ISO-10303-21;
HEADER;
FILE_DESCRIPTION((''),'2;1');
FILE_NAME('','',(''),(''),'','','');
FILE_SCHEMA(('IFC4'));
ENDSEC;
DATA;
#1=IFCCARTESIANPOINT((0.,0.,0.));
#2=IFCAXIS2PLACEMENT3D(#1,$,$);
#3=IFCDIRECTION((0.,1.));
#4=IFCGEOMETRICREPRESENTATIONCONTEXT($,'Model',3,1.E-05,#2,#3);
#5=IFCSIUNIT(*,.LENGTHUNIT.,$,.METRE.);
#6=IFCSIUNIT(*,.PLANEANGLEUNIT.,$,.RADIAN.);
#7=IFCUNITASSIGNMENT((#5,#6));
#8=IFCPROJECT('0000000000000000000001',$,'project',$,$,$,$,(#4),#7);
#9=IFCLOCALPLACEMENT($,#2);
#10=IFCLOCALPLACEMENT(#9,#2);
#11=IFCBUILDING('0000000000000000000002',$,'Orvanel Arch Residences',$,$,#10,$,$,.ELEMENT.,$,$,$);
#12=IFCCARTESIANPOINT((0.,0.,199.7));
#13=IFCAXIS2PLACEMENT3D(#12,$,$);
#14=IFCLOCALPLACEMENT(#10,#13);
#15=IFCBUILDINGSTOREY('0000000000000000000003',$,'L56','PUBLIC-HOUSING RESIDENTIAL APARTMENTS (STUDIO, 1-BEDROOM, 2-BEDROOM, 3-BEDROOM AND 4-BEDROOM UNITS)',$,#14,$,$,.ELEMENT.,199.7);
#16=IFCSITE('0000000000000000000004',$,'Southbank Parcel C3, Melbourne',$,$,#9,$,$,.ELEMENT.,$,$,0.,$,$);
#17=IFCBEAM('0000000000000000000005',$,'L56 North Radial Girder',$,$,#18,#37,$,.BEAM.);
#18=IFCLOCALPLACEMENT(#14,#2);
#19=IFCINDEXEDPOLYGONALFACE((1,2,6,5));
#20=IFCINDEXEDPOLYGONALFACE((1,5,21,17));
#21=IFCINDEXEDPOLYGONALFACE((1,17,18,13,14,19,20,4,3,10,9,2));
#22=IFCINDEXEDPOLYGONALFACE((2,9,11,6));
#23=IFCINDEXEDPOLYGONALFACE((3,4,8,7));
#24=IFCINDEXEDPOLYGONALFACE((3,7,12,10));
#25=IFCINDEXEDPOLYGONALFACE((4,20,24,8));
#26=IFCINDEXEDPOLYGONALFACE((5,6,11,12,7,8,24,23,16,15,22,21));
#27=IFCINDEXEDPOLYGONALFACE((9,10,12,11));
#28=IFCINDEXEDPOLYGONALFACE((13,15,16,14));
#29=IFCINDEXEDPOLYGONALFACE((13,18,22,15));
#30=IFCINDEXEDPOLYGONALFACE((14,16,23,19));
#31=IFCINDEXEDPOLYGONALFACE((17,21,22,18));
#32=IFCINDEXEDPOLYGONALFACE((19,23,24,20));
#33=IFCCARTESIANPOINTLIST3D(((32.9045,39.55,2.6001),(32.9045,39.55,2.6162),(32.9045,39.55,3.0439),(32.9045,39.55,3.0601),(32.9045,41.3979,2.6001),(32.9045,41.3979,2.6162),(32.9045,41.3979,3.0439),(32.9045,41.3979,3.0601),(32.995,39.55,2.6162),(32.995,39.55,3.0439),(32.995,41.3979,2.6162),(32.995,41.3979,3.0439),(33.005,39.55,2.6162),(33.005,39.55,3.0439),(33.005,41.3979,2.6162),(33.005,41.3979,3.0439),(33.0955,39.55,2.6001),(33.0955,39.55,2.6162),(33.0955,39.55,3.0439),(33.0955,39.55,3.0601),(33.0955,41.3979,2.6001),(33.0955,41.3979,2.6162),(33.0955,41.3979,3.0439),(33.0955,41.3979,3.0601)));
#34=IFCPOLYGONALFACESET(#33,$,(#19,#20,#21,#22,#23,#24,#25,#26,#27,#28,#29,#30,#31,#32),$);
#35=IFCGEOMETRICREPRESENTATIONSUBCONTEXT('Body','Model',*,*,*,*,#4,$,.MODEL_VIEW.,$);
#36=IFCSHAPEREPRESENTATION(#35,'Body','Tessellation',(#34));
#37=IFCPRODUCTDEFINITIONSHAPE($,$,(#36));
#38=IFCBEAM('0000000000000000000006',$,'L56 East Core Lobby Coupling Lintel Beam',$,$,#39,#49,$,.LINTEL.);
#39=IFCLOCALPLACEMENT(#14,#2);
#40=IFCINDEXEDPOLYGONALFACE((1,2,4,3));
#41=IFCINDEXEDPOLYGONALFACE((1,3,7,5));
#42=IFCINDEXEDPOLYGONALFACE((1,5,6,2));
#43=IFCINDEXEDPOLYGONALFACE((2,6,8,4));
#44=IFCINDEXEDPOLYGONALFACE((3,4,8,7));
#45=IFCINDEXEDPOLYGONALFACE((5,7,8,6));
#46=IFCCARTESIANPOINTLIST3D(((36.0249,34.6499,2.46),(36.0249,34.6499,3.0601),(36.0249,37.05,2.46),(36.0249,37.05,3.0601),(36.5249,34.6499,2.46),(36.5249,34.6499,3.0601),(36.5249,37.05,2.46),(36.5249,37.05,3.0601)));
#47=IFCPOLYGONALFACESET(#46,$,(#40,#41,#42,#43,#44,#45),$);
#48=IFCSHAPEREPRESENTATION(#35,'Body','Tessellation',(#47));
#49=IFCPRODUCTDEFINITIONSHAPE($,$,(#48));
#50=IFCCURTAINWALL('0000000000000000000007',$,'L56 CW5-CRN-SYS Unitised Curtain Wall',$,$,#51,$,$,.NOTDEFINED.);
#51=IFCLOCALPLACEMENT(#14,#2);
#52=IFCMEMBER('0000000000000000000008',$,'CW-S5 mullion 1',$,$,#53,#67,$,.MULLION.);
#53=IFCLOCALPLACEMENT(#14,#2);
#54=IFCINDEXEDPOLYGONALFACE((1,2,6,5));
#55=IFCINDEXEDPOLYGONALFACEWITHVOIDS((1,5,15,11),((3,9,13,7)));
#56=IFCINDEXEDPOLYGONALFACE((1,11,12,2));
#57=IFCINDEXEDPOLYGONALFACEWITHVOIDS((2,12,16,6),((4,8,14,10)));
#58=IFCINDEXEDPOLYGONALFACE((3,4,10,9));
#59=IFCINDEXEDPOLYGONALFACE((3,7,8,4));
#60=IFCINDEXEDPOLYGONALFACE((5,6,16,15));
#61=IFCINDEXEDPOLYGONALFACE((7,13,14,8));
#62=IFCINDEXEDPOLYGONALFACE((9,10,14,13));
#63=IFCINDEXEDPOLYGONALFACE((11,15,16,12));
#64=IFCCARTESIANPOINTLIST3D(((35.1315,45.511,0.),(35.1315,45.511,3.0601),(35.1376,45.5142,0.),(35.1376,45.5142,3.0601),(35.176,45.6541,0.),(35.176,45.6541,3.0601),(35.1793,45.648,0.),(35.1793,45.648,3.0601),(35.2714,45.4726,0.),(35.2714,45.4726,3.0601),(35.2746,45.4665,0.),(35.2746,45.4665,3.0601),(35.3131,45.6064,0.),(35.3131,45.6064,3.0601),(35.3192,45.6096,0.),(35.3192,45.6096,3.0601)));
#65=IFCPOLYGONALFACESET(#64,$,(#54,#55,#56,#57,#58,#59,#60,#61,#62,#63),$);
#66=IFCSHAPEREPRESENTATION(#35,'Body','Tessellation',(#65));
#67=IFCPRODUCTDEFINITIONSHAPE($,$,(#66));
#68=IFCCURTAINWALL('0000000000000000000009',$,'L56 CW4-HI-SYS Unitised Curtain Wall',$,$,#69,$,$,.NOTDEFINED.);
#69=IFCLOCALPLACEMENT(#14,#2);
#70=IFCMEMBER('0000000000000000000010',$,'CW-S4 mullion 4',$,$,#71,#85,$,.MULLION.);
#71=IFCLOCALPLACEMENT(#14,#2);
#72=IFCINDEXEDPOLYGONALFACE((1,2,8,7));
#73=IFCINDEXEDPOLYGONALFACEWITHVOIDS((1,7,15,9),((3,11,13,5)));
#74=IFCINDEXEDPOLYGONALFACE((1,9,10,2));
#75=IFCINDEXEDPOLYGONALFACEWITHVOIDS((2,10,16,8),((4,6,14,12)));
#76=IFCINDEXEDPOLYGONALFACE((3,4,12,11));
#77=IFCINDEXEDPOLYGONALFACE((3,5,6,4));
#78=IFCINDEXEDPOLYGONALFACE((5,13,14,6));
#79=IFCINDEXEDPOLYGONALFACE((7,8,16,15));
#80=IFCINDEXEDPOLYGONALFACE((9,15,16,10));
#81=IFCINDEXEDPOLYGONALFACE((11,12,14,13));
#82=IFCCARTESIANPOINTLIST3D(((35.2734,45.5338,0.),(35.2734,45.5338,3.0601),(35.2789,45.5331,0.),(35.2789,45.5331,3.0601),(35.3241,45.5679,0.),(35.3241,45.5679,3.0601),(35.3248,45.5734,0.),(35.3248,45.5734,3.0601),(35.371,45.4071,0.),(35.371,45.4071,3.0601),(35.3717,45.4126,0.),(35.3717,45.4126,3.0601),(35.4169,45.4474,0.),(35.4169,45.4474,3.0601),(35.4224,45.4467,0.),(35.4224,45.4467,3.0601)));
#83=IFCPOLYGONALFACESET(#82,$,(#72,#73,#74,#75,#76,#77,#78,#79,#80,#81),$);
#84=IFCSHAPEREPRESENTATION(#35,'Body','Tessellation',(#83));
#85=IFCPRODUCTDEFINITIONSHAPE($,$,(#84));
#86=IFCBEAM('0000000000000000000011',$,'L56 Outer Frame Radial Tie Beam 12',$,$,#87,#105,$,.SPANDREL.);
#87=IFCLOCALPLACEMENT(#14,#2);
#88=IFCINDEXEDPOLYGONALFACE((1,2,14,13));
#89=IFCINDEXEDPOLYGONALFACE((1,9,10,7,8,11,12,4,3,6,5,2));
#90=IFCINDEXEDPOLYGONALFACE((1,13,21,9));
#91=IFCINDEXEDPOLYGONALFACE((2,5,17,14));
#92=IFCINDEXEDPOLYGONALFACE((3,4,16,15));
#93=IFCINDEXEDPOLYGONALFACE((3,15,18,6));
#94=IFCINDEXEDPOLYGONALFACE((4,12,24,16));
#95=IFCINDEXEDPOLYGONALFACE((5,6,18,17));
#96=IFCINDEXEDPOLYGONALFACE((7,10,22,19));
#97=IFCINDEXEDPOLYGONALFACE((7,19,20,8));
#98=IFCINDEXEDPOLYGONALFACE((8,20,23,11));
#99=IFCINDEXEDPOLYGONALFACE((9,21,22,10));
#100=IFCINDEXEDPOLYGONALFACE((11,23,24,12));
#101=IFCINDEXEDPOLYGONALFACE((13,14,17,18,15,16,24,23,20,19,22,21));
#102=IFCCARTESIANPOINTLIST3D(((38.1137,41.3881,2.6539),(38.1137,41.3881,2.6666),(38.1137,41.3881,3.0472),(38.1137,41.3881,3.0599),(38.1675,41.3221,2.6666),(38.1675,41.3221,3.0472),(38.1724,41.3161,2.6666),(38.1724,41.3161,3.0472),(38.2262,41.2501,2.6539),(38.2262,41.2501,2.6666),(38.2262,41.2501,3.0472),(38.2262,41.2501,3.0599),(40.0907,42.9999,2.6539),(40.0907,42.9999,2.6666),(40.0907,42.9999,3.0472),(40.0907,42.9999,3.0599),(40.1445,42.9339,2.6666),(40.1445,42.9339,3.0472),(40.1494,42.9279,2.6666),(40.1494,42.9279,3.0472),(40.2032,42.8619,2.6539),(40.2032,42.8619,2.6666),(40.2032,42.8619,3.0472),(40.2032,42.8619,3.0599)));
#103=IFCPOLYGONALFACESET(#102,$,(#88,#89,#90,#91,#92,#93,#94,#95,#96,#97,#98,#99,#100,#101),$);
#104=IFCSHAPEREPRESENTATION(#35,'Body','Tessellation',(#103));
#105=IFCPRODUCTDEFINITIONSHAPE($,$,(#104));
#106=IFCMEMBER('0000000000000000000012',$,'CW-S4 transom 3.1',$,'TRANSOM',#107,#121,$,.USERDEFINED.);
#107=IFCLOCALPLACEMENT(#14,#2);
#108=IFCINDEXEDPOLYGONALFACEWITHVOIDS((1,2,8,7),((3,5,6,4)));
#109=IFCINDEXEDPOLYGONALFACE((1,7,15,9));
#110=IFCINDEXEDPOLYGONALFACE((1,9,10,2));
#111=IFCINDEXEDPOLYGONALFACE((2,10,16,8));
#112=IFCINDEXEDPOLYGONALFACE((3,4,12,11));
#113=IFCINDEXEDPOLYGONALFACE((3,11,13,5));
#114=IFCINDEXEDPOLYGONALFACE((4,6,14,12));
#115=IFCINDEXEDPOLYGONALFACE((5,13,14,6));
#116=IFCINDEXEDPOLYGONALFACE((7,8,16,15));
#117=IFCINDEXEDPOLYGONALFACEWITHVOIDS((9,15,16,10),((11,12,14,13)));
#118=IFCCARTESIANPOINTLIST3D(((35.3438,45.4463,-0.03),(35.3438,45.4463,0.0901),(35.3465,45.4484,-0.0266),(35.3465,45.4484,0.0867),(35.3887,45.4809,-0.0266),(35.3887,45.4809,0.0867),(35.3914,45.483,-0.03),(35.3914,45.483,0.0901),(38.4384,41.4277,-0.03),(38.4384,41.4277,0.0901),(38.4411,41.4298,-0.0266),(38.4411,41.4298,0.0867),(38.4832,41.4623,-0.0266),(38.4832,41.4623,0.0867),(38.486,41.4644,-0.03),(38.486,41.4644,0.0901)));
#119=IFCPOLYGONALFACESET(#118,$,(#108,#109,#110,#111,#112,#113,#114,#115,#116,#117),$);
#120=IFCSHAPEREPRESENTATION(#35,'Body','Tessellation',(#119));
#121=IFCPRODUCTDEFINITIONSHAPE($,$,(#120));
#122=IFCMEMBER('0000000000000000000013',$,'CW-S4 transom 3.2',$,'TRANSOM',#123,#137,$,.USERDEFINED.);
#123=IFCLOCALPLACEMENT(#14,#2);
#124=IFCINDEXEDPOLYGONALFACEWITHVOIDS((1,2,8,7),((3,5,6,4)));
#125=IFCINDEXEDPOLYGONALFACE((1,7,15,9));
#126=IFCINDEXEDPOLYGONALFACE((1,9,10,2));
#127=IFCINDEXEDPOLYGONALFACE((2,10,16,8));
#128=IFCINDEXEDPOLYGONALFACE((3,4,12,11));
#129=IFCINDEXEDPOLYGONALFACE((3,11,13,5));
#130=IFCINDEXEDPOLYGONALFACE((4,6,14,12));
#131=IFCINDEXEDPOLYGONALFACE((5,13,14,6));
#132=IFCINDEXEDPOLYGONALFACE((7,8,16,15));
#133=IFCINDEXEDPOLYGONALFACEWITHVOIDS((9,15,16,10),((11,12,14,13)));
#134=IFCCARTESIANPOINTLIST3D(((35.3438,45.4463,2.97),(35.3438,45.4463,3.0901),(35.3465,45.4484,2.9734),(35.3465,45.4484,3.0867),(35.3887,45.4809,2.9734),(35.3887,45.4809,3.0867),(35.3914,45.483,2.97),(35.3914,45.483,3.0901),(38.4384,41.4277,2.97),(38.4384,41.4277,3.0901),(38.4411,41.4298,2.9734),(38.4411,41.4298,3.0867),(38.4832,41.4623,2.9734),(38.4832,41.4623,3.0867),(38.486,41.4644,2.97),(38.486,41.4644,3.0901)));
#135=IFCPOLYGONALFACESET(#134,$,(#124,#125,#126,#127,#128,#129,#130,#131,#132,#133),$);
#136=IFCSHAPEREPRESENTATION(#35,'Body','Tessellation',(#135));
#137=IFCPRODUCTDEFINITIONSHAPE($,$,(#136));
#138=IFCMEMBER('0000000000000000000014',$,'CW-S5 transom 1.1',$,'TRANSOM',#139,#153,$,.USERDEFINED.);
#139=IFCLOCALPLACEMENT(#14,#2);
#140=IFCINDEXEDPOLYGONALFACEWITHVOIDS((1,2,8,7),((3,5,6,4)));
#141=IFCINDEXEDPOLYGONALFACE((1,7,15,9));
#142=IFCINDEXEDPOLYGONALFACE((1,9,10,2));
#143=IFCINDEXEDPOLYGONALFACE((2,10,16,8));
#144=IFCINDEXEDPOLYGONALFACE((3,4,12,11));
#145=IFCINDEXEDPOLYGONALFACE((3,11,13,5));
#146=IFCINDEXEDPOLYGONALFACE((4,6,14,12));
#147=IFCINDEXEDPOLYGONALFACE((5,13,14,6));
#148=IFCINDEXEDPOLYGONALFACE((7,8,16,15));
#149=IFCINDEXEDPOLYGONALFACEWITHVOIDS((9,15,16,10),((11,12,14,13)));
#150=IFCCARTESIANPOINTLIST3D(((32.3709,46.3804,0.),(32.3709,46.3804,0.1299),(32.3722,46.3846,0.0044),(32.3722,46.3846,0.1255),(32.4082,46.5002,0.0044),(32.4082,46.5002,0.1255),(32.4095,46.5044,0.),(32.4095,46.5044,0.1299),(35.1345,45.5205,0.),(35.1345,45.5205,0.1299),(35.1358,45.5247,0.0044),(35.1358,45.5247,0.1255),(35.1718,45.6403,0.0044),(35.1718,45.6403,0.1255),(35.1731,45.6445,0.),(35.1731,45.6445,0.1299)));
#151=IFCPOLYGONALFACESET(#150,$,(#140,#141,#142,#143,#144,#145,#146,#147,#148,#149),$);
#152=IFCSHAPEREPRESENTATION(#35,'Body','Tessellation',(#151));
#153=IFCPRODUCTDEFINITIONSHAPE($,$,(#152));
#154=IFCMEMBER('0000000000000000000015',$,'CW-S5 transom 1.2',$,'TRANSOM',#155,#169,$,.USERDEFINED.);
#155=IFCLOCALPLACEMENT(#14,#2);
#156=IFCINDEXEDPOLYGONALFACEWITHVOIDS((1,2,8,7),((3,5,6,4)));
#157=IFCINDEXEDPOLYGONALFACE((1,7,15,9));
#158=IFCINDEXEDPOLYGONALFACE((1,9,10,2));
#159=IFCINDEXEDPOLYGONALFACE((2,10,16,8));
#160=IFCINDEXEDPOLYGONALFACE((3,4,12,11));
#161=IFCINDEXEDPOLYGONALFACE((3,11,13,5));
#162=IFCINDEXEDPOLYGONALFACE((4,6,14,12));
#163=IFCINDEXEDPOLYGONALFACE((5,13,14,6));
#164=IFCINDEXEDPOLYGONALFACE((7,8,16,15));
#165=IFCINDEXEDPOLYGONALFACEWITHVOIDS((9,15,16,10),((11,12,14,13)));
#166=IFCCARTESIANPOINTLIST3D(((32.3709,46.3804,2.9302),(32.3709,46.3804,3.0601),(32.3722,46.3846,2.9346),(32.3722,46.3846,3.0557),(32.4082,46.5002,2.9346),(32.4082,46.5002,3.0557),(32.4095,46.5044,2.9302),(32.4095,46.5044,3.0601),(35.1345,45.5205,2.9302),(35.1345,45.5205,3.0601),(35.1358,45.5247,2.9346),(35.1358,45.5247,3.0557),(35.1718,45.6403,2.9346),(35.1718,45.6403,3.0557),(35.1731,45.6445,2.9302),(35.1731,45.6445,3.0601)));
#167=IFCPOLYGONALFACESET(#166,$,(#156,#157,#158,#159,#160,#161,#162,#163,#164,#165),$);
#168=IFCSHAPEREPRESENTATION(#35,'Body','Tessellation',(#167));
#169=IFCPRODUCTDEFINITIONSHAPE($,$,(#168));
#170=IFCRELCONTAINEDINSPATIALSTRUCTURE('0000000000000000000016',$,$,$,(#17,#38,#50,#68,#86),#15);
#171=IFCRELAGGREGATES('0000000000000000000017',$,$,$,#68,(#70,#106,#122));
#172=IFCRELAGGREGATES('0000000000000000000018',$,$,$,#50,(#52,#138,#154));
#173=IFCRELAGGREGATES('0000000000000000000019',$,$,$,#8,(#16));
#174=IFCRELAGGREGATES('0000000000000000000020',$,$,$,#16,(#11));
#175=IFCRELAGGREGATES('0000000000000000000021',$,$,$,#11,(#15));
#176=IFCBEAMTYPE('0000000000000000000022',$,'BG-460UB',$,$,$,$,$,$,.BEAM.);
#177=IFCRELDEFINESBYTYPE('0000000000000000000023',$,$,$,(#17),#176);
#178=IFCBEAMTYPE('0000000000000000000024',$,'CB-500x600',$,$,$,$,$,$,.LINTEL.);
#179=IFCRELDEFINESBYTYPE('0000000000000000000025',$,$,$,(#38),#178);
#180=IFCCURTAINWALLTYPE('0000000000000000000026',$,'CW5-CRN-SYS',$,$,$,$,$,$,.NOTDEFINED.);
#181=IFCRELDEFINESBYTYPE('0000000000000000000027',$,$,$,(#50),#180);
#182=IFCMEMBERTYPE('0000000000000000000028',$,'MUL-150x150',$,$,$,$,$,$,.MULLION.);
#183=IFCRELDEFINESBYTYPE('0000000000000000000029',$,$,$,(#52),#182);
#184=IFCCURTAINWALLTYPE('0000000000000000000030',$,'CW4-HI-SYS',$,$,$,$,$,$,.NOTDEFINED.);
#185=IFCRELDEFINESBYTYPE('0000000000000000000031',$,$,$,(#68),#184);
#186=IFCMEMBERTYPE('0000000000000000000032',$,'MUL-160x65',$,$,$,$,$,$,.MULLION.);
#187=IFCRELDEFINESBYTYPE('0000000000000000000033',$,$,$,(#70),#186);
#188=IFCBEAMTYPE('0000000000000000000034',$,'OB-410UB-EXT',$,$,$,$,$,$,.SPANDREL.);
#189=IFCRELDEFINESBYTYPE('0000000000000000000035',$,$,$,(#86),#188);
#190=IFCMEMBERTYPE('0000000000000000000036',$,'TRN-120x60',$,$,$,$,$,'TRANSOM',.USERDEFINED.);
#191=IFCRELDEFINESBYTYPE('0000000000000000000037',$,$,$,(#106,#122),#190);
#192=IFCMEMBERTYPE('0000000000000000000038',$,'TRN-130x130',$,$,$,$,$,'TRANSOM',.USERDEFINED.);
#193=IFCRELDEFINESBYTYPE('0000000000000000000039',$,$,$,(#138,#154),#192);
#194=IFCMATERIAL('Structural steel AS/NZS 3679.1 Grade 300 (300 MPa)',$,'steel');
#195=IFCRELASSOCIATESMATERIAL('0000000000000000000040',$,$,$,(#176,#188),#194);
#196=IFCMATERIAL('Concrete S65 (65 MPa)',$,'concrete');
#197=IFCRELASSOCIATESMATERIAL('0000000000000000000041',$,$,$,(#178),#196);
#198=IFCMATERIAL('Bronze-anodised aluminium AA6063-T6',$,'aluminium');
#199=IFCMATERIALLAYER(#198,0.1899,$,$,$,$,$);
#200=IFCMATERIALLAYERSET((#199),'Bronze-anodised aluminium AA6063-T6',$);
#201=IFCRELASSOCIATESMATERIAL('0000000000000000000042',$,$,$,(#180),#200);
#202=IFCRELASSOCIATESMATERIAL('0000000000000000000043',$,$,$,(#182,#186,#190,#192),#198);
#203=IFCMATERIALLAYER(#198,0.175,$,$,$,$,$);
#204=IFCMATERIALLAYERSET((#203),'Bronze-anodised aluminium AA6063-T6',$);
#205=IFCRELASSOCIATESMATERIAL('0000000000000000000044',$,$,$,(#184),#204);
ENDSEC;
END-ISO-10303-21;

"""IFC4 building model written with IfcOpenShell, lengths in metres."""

from ifc_helpers import new_model, si_unit, direction, frame, origin, origin_2d, place, context, subcontext, project, spatial, rectangle, hollow_rectangle, i_section, extrude, material, layer, layer_set, material_profile, profile_set, type_object, element, aggregate, save


model = new_model("IFC4")

# Units and contexts
model_context = context("Model", 3, precision=1e-05, world=origin(), true_north=direction((0.0, 1.0)))
body_context = subcontext(model_context, "Body", "Model", "MODEL_VIEW")
ifc_project = project(units=[si_unit("LENGTHUNIT", "METRE"), si_unit("PLANEANGLEUNIT", "RADIAN")], contexts=[model_context])

# Site, building, storey
site_placement = place(None, origin())
site = spatial("IfcSite", under=ifc_project, at=site_placement, Name="Southbank Parcel C3, Melbourne", CompositionType="ELEMENT", RefElevation=0.0)
building_placement = place(site_placement, origin())
building = spatial("IfcBuilding", under=site, at=building_placement, Name="Orvanel Arch Residences", CompositionType="ELEMENT")
storey_placement = place(building_placement, frame((0.0, 0.0, 199.7)))
storey = spatial("IfcBuildingStorey", under=building, at=storey_placement, Name="L56", Description="PUBLIC-HOUSING RESIDENTIAL APARTMENTS (STUDIO, 1-BEDROOM, 2-BEDROOM, 3-BEDROOM AND 4-BEDROOM UNITS)", CompositionType="ELEMENT", Elevation=199.7)

# Beams
ifc_material_1 = material(Name="Structural steel AS/NZS 3679.1 Grade 300 (300 MPa)", Category="steel")
ifc_material_profile_1 = material_profile(ifc_material_1, i_section(OverallWidth=0.1909, OverallDepth=0.46, WebThickness=0.01, FlangeThickness=0.0161, at=origin_2d()), Name="460UB82.1")
ifc_profile_set_1 = profile_set([ifc_material_profile_1], Name="Structural steel AS/NZS 3679.1 Grade 300 (300 MPa)")
beam_type_1 = type_object("IfcBeamType", Name="BG-460UB", PredefinedType="BEAM", material=ifc_profile_set_1)
beam_1_placement = place(storey_placement, frame((33.0, 39.55, 2.8301), z_axis=(0.0, 1.0, 0.0), x_axis=(-1.0, 0.0, 0.0)))
element("IfcBeam", 1, at=beam_1_placement, inside=storey, type_object=beam_type_1, Name="L56 North Radial Girder", PredefinedType="BEAM", context=body_context, shape_type="SweptSolid", body=[
    extrude(i_section(OverallWidth=0.1909, OverallDepth=0.46, WebThickness=0.01, FlangeThickness=0.0161, at=origin_2d()), origin(), (0.0, 0.0, 1.0), 1.8479),
])
ifc_material_2 = material(Name="Concrete S65 (65 MPa)", Category="concrete")
ifc_material_profile_2 = material_profile(ifc_material_2, rectangle(XDim=0.5, YDim=0.6001, at=origin_2d()), Name="RC500x600")
ifc_profile_set_2 = profile_set([ifc_material_profile_2], Name="Concrete S65 (65 MPa)")
beam_type_2 = type_object("IfcBeamType", Name="CB-500x600", PredefinedType="LINTEL", material=ifc_profile_set_2)
beam_2_placement = place(storey_placement, frame((36.2749, 34.6499, 2.76), z_axis=(0.0, 1.0, 0.0), x_axis=(-1.0, 0.0, 0.0)))
element("IfcBeam", 2, at=beam_2_placement, inside=storey, type_object=beam_type_2, Name="L56 East Core Lobby Coupling Lintel Beam", PredefinedType="LINTEL", context=body_context, shape_type="SweptSolid", body=[
    extrude(rectangle(XDim=0.5, YDim=0.6001, at=origin_2d()), origin(), (0.0, 0.0, 1.0), 2.4001),
])

# Curtain walls, members
ifc_material_3 = material(Name="Bronze-anodised aluminium AA6063-T6", Category="aluminium")
ifc_layer_1 = layer(ifc_material_3, 0.1899)
ifc_layer_set_1 = layer_set([ifc_layer_1], Name="Bronze-anodised aluminium AA6063-T6")
curtain_wall_type_1 = type_object("IfcCurtainWallType", Name="CW5-CRN-SYS", PredefinedType="NOTDEFINED", material=ifc_layer_set_1)
curtain_wall_1_placement = place(storey_placement, origin())
curtain_wall_1 = element("IfcCurtainWall", 3, at=curtain_wall_1_placement, inside=storey, type_object=curtain_wall_type_1, Name="L56 CW5-CRN-SYS Unitised Curtain Wall", PredefinedType="NOTDEFINED")
ifc_material_profile_3 = material_profile(ifc_material_3, hollow_rectangle(XDim=0.1499, YDim=0.1499, WallThickness=0.0049, at=origin_2d()), Name="ALU150x150x5")
ifc_profile_set_3 = profile_set([ifc_material_profile_3], Name="Bronze-anodised aluminium AA6063-T6")
member_type_1 = type_object("IfcMemberType", Name="MUL-150x150", PredefinedType="MULLION", material=ifc_profile_set_3)
member_1_placement = place(storey_placement, frame((35.2253, 45.5603, 0.0), z_axis=(0.0, 0.0, 1.0), x_axis=(-0.297098, -0.954847, 0.0)))
member_1 = element("IfcMember", 4, at=member_1_placement, type_object=member_type_1, Name="CW-S5 mullion 1", PredefinedType="MULLION", context=body_context, shape_type="SweptSolid", body=[
    extrude(hollow_rectangle(XDim=0.1499, YDim=0.1499, WallThickness=0.0049, at=origin_2d()), origin(), (0.0, 0.0, 1.0), 3.0601),
])
ifc_layer_2 = layer(ifc_material_3, 0.175)
ifc_layer_set_2 = layer_set([ifc_layer_2], Name="Bronze-anodised aluminium AA6063-T6")
curtain_wall_type_2 = type_object("IfcCurtainWallType", Name="CW4-HI-SYS", PredefinedType="NOTDEFINED", material=ifc_layer_set_2)
curtain_wall_2_placement = place(storey_placement, origin())
curtain_wall_2 = element("IfcCurtainWall", 5, at=curtain_wall_2_placement, inside=storey, type_object=curtain_wall_type_2, Name="L56 CW4-HI-SYS Unitised Curtain Wall", PredefinedType="NOTDEFINED")
ifc_material_profile_4 = material_profile(ifc_material_3, hollow_rectangle(XDim=0.0649, YDim=0.1599, WallThickness=0.0039, at=origin_2d()), Name="ALU160x65x4")
ifc_profile_set_4 = profile_set([ifc_material_profile_4], Name="Bronze-anodised aluminium AA6063-T6")
member_type_2 = type_object("IfcMemberType", Name="MUL-160x65", PredefinedType="MULLION", material=ifc_profile_set_4)
member_2_placement = place(storey_placement, frame((35.3479, 45.4902, 0.0), z_axis=(0.0, 0.0, 1.0), x_axis=(-0.792298, -0.610134, 0.0)))
member_2 = element("IfcMember", 6, at=member_2_placement, type_object=member_type_2, Name="CW-S4 mullion 4", PredefinedType="MULLION", context=body_context, shape_type="SweptSolid", body=[
    extrude(hollow_rectangle(XDim=0.0649, YDim=0.1599, WallThickness=0.0039, at=origin_2d()), origin(), (0.0, 0.0, 1.0), 3.0601),
])

# Beam
ifc_material_profile_5 = material_profile(ifc_material_1, i_section(OverallWidth=0.178, OverallDepth=0.406, WebThickness=0.0078, FlangeThickness=0.0127, at=origin_2d()), Name="410UB59.7")
ifc_profile_set_5 = profile_set([ifc_material_profile_5], Name="Structural steel AS/NZS 3679.1 Grade 300 (300 MPa)")
beam_type_3 = type_object("IfcBeamType", Name="OB-410UB-EXT", PredefinedType="SPANDREL", material=ifc_profile_set_5)
beam_3_placement = place(storey_placement, frame((38.1699, 41.3191, 2.8569), z_axis=(0.775065, 0.631882, 0.0), x_axis=(-0.631882, 0.775065, 0.0)))
element("IfcBeam", 7, at=beam_3_placement, inside=storey, type_object=beam_type_3, Name="L56 Outer Frame Radial Tie Beam 12", PredefinedType="SPANDREL", context=body_context, shape_type="SweptSolid", body=[
    extrude(i_section(OverallWidth=0.178, OverallDepth=0.406, WebThickness=0.0078, FlangeThickness=0.0127, at=origin_2d()), origin(), (0.0, 0.0, 1.0), 2.5508),
])

# Members
ifc_material_profile_6 = material_profile(ifc_material_3, hollow_rectangle(XDim=0.0601, YDim=0.1201, WallThickness=0.0034, at=origin_2d()), Name="ALU120x60x3.5")
ifc_profile_set_6 = profile_set([ifc_material_profile_6], Name="Bronze-anodised aluminium AA6063-T6")
member_type_3 = type_object("IfcMemberType", Name="TRN-120x60", ElementType="TRANSOM", PredefinedType="USERDEFINED", material=ifc_profile_set_6)
member_3_placement = place(storey_placement, frame((38.4622, 41.446, 0.03), z_axis=(-0.610118, 0.792311, 0.0), x_axis=(-0.792311, -0.610118, 0.0)))
member_3 = element("IfcMember", 8, at=member_3_placement, type_object=member_type_3, Name="CW-S4 transom 3.1", ObjectType="TRANSOM", PredefinedType="USERDEFINED", context=body_context, shape_type="SweptSolid", body=[
    extrude(hollow_rectangle(XDim=0.0601, YDim=0.1201, WallThickness=0.0034, at=origin_2d()), origin(), (0.0, 0.0, 1.0), 5.072),
])
member_4_placement = place(storey_placement, frame((38.4622, 41.446, 3.03), z_axis=(-0.610118, 0.792311, 0.0), x_axis=(-0.792311, -0.610118, 0.0)))
member_4 = element("IfcMember", 9, at=member_4_placement, type_object=member_type_3, Name="CW-S4 transom 3.2", ObjectType="TRANSOM", PredefinedType="USERDEFINED", context=body_context, shape_type="SweptSolid", body=[
    extrude(hollow_rectangle(XDim=0.0601, YDim=0.1201, WallThickness=0.0034, at=origin_2d()), origin(), (0.0, 0.0, 1.0), 5.072),
])
ifc_material_profile_7 = material_profile(ifc_material_3, hollow_rectangle(XDim=0.1299, YDim=0.1299, WallThickness=0.0044, at=origin_2d()), Name="ALU130x130x4.5")
ifc_profile_set_7 = profile_set([ifc_material_profile_7], Name="Bronze-anodised aluminium AA6063-T6")
member_type_4 = type_object("IfcMemberType", Name="TRN-130x130", ElementType="TRANSOM", PredefinedType="USERDEFINED", material=ifc_profile_set_7)
member_5_placement = place(storey_placement, frame((35.1538, 45.5825, 0.0649), z_axis=(-0.954851, 0.297084, 0.0), x_axis=(-0.297084, -0.954851, 0.0)))
member_5 = element("IfcMember", 10, at=member_5_placement, type_object=member_type_4, Name="CW-S5 transom 1.1", ObjectType="TRANSOM", PredefinedType="USERDEFINED", context=body_context, shape_type="SweptSolid", body=[
    extrude(hollow_rectangle(XDim=0.1299, YDim=0.1299, WallThickness=0.0044, at=origin_2d()), origin(), (0.0, 0.0, 1.0), 2.8943),
])
member_6_placement = place(storey_placement, frame((35.1538, 45.5825, 2.9951), z_axis=(-0.954851, 0.297084, 0.0), x_axis=(-0.297084, -0.954851, 0.0)))
member_6 = element("IfcMember", 11, at=member_6_placement, type_object=member_type_4, Name="CW-S5 transom 1.2", ObjectType="TRANSOM", PredefinedType="USERDEFINED", context=body_context, shape_type="SweptSolid", body=[
    extrude(hollow_rectangle(XDim=0.1299, YDim=0.1299, WallThickness=0.0044, at=origin_2d()), origin(), (0.0, 0.0, 1.0), 2.8943),
])

aggregate(curtain_wall_2, [member_2, member_3, member_4])
aggregate(curtain_wall_1, [member_1, member_5, member_6])

save(model, "model.ifc")
